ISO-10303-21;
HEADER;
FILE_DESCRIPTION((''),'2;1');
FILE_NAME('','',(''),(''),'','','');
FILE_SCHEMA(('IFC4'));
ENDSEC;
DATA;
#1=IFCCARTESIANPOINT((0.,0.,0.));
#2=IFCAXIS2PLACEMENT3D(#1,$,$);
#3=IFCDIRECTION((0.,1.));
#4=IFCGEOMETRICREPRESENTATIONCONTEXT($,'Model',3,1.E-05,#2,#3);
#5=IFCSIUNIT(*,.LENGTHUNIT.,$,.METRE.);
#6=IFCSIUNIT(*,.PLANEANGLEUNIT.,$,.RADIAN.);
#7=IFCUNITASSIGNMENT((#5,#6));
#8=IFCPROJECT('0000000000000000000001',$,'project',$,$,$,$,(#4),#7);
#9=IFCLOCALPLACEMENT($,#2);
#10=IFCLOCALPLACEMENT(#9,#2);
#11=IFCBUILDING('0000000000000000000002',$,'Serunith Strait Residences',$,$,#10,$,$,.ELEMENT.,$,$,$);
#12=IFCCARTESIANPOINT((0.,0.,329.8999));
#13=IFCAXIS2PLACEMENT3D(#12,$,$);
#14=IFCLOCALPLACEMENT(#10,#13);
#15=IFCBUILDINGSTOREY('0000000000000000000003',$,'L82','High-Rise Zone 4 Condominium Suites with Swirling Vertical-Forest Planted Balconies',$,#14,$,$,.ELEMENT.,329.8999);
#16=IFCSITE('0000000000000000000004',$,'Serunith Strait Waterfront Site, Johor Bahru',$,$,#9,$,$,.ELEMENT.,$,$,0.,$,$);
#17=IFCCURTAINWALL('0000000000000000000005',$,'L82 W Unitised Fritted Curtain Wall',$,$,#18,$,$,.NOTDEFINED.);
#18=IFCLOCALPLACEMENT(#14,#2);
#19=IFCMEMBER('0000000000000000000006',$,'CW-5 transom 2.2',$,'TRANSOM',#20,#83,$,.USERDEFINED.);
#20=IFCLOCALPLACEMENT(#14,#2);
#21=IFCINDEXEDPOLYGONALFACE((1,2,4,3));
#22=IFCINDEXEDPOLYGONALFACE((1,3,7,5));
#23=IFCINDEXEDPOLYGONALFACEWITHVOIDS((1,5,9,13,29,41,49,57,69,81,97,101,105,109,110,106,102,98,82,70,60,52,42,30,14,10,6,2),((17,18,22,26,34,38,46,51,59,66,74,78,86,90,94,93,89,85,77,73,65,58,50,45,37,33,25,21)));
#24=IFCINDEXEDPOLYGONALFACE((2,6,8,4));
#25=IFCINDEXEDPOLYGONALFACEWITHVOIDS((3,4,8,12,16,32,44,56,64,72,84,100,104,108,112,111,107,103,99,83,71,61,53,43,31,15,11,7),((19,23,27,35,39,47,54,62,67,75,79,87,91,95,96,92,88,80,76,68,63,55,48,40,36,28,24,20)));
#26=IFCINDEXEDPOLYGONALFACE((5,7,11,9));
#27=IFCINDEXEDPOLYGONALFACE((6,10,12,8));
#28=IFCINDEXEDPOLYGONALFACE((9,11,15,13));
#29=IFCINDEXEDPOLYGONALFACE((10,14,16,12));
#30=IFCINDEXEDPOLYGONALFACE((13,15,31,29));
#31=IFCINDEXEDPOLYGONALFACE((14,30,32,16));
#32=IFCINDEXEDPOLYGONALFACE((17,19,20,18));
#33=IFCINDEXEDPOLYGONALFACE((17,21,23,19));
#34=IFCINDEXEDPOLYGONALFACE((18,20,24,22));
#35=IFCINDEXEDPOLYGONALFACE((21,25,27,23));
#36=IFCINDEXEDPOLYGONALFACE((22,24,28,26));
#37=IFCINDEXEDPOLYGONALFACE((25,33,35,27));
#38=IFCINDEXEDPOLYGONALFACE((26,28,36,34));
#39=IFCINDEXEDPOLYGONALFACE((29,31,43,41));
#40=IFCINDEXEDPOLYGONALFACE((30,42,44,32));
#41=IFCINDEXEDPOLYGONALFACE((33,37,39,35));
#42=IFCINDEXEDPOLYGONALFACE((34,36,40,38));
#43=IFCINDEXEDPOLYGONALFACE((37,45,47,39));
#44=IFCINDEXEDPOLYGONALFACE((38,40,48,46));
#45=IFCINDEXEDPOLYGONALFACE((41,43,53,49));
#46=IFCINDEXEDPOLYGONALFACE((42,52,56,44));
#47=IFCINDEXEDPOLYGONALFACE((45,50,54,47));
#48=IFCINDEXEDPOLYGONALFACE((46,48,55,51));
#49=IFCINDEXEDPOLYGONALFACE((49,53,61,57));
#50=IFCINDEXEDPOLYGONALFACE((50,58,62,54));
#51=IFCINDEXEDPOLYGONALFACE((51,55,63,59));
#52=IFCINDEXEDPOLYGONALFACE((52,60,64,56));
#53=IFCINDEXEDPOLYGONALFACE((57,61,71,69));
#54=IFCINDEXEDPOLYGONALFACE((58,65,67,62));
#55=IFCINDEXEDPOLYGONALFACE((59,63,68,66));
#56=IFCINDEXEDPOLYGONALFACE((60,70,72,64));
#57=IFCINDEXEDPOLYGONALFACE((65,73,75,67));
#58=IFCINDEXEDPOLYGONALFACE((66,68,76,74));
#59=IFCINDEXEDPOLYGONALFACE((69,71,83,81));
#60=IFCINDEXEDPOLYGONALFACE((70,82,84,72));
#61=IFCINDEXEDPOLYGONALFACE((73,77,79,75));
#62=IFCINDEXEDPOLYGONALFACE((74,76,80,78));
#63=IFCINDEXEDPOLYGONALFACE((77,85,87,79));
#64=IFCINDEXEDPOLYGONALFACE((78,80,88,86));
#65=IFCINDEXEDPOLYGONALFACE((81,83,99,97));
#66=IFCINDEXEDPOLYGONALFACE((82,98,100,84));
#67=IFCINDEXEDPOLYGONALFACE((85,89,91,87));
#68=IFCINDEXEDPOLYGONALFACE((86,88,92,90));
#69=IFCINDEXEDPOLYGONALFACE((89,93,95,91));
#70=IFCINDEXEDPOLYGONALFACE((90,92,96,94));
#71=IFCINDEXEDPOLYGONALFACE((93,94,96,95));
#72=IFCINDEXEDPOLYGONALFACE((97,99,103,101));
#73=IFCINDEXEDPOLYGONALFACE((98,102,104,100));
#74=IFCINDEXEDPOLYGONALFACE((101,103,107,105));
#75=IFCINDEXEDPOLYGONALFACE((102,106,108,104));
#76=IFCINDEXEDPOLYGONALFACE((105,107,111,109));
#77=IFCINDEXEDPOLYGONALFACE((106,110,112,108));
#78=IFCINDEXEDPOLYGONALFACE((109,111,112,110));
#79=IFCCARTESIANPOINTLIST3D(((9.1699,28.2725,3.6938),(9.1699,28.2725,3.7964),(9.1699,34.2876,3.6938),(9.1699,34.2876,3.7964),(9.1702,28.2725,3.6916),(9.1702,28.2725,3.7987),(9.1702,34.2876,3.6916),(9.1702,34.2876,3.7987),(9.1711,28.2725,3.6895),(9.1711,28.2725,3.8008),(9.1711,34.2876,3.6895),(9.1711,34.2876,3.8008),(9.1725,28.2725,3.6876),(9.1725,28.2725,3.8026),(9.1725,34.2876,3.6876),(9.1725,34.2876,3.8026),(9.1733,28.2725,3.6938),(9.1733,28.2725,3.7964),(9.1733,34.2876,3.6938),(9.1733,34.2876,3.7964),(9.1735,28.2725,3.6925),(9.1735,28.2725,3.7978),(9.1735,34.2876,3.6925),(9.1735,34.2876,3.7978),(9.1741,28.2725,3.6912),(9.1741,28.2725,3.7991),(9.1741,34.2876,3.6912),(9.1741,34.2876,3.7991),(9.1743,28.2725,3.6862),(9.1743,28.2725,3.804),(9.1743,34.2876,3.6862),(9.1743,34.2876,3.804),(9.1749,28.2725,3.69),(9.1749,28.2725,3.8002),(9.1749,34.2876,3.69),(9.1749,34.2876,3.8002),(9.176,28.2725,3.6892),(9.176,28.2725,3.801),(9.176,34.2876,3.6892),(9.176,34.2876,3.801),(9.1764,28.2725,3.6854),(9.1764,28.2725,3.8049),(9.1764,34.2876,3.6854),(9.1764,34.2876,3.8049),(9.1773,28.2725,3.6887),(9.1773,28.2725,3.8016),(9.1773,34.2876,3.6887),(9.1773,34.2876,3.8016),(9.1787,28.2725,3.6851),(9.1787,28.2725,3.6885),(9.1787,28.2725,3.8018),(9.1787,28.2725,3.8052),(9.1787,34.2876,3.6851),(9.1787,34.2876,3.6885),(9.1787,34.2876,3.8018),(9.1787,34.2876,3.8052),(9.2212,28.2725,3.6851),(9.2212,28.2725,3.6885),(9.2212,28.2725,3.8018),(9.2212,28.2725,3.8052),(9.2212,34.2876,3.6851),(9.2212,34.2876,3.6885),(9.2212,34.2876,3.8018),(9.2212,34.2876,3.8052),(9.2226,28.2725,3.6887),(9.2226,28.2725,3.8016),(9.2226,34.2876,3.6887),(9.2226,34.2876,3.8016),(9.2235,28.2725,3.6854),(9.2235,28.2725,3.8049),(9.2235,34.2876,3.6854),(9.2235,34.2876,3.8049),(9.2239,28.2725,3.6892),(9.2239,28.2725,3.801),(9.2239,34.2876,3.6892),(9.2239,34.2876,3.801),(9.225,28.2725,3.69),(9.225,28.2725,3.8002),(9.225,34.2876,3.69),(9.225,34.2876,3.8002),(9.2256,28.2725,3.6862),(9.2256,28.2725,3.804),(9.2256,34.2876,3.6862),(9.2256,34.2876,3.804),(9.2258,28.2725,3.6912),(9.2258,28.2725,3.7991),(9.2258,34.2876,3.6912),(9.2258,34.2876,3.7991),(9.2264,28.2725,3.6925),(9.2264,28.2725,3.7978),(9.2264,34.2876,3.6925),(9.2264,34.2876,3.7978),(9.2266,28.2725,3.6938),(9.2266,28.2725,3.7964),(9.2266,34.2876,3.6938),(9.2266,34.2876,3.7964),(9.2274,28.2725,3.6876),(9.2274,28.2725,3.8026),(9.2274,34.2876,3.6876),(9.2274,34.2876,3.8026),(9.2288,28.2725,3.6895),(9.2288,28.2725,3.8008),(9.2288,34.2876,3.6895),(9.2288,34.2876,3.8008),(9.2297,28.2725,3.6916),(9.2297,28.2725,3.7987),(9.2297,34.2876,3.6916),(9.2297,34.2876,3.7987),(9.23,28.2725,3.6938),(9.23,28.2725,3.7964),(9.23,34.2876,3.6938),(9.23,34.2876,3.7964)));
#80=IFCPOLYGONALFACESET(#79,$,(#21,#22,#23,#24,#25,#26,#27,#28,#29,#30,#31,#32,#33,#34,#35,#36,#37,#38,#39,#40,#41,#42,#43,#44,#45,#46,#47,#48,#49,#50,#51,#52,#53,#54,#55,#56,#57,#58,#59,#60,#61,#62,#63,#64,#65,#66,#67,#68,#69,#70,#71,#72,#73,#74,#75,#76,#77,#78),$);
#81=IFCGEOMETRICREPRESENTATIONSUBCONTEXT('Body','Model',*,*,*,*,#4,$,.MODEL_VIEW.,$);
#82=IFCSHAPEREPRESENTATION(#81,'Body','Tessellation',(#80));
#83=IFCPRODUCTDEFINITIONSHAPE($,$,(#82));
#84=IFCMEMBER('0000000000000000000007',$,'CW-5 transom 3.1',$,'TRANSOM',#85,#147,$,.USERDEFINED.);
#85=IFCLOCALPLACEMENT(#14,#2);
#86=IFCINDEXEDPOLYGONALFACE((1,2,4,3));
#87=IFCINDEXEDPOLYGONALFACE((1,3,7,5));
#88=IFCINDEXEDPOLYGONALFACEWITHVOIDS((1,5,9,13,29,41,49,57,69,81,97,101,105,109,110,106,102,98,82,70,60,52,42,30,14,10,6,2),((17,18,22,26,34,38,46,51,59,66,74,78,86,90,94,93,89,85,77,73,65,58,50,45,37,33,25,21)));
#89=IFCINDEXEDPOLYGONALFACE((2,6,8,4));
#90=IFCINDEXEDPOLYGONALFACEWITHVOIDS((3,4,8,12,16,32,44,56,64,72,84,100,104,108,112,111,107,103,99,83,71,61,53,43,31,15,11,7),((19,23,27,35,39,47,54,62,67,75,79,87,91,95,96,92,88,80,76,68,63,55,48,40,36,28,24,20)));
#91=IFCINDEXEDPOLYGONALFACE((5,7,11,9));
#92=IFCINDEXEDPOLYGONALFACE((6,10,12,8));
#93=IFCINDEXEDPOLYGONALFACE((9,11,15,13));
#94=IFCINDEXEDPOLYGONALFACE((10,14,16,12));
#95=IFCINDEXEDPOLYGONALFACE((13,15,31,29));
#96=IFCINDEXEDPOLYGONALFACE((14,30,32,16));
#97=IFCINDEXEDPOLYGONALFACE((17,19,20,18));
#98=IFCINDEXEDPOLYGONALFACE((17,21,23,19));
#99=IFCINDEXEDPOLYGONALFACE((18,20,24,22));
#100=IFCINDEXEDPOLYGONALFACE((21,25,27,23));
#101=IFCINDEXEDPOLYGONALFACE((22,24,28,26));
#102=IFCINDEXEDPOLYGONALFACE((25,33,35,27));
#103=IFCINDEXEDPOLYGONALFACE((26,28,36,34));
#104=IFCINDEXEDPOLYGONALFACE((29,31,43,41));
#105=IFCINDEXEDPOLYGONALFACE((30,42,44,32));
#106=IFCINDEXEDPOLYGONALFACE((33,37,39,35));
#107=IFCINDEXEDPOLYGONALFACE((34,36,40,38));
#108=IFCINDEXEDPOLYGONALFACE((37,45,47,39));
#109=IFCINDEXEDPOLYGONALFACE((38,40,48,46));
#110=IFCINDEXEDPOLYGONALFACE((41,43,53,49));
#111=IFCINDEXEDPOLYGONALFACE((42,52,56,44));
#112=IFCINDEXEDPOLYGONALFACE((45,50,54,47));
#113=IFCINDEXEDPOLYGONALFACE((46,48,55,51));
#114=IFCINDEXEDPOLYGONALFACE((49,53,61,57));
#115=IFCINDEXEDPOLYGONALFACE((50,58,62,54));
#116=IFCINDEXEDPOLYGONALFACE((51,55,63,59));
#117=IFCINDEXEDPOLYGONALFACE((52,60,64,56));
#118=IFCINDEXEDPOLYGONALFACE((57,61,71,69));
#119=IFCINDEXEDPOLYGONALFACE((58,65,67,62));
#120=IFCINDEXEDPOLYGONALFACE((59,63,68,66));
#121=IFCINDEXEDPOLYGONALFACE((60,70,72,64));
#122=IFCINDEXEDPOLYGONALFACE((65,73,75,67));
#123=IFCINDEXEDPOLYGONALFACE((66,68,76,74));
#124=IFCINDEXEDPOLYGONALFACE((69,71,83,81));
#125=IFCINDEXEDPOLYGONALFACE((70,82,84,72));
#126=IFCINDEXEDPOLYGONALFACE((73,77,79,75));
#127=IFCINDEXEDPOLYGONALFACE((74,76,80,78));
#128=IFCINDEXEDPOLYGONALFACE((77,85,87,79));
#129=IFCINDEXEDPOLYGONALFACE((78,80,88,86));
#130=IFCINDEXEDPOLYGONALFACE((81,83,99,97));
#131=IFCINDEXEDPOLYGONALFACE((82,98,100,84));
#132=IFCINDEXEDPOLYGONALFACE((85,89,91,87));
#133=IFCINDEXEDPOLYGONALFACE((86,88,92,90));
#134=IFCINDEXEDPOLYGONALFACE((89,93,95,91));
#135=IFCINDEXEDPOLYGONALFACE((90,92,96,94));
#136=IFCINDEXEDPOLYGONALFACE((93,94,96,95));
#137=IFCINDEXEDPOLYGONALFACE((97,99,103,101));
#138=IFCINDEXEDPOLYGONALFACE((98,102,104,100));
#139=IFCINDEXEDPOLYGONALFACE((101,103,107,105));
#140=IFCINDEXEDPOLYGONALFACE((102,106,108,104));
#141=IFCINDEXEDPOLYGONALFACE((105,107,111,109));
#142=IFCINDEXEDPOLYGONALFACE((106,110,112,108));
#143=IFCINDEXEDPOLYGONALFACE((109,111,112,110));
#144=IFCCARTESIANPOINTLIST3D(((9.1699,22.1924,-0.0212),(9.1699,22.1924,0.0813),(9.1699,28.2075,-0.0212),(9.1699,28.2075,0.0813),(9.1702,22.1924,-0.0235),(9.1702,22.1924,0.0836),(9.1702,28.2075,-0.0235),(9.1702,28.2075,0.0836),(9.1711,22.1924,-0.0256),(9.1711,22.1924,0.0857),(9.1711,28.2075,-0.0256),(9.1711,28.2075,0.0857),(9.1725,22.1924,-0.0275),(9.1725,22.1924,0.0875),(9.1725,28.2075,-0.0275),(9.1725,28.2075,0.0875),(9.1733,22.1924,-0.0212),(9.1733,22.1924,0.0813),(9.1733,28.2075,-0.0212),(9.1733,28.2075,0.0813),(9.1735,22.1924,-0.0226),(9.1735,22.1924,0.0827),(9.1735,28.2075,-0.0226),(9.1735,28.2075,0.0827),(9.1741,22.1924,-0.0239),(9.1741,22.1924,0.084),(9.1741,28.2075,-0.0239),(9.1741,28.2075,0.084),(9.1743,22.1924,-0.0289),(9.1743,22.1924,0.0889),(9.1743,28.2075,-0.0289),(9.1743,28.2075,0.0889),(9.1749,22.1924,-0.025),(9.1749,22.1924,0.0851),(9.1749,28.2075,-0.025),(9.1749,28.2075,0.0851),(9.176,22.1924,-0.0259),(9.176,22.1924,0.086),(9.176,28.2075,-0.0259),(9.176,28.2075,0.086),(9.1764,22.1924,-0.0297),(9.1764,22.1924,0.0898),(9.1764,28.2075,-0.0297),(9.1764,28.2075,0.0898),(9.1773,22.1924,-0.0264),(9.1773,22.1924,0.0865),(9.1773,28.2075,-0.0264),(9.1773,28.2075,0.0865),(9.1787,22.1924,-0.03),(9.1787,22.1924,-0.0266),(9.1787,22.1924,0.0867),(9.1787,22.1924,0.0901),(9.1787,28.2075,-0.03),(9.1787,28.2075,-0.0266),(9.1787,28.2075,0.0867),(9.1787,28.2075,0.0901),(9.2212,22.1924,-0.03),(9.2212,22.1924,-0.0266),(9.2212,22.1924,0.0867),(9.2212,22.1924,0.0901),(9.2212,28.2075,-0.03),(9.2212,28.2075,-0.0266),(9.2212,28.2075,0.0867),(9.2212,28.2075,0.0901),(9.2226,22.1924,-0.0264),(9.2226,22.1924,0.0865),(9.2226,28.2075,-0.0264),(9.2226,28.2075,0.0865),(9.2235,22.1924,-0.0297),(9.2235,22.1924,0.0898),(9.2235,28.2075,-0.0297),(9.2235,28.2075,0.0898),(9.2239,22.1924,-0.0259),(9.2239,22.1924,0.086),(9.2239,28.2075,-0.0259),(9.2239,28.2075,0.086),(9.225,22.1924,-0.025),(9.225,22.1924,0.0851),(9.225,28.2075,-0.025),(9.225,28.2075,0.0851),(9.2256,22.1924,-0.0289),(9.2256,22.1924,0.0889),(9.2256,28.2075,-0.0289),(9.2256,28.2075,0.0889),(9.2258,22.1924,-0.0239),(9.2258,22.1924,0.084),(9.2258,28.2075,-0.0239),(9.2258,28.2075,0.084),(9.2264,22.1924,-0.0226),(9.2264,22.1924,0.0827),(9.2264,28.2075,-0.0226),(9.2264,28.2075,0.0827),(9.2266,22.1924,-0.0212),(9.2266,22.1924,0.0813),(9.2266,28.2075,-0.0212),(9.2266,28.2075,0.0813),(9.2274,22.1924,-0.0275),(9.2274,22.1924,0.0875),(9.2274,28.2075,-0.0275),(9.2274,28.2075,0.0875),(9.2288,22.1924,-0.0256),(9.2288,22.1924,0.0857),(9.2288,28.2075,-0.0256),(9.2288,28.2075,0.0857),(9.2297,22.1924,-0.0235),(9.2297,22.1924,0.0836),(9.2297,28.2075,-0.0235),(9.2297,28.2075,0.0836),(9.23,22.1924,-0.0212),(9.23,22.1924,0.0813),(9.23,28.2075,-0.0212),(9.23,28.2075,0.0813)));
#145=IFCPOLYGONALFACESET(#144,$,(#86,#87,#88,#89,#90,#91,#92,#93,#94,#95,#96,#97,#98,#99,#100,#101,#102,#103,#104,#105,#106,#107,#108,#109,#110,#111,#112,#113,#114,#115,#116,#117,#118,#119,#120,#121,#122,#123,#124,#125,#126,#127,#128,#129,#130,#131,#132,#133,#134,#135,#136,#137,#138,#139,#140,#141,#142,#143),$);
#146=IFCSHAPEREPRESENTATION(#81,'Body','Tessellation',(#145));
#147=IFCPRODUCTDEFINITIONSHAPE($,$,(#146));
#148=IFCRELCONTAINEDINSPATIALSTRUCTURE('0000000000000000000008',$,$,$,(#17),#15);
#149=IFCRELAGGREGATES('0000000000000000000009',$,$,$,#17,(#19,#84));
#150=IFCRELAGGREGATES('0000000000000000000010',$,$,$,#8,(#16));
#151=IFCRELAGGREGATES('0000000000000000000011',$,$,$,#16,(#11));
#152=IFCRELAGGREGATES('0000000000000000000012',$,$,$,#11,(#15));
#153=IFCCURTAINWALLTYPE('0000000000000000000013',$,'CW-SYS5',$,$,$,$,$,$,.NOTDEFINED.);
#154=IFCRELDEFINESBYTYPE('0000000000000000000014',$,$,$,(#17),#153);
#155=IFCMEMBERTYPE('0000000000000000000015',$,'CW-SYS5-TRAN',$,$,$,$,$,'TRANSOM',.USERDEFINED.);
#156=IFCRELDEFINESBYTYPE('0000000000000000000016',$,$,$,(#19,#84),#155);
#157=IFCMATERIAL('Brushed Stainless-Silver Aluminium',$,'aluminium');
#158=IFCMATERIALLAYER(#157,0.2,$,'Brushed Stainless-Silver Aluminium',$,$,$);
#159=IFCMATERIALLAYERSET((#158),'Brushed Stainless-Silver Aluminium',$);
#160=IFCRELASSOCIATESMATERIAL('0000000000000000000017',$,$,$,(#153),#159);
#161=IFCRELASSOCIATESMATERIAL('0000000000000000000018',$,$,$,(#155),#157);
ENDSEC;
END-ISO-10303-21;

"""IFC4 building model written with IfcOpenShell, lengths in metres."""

from ifc_helpers import new_model, si_unit, direction, frame, origin, origin_2d, place, context, subcontext, project, spatial, hollow_rectangle, extrude, source, transform, mapped, material, layer, layer_set, material_profile, profile_set, type_object, element, aggregate, save


model = new_model("IFC4")

# Units and contexts
model_context = context("Model", 3, precision=1e-05, world=origin(), true_north=direction((0.0, 1.0)))
body_context = subcontext(model_context, "Body", "Model", "MODEL_VIEW")
ifc_project = project(units=[si_unit("LENGTHUNIT", "METRE"), si_unit("PLANEANGLEUNIT", "RADIAN")], contexts=[model_context])

# Site, building, storey
site_placement = place(None, origin())
site = spatial("IfcSite", under=ifc_project, at=site_placement, Name="Serunith Strait Waterfront Site, Johor Bahru", CompositionType="ELEMENT", RefElevation=0.0)
building_placement = place(site_placement, origin())
building = spatial("IfcBuilding", under=site, at=building_placement, Name="Serunith Strait Residences", CompositionType="ELEMENT")
storey_placement = place(building_placement, frame((0.0, 0.0, 329.8999)))
storey = spatial("IfcBuildingStorey", under=building, at=storey_placement, Name="L82", Description="High-Rise Zone 4 Condominium Suites with Swirling Vertical-Forest Planted Balconies", CompositionType="ELEMENT", Elevation=329.8999)

# Curtain wall, members
ifc_material_1 = material(Name="Brushed Stainless-Silver Aluminium", Category="aluminium")
ifc_layer_1 = layer(ifc_material_1, 0.2, Name="Brushed Stainless-Silver Aluminium")
ifc_layer_set_1 = layer_set([ifc_layer_1], Name="Brushed Stainless-Silver Aluminium")
curtain_wall_type = type_object("IfcCurtainWallType", Name="CW-SYS5", PredefinedType="NOTDEFINED", material=ifc_layer_set_1)
curtain_wall_placement = place(storey_placement, origin())
curtain_wall = element("IfcCurtainWall", 1, at=curtain_wall_placement, inside=storey, type_object=curtain_wall_type, Name="L82 W Unitised Fritted Curtain Wall", PredefinedType="NOTDEFINED")
ifc_material_profile_1 = material_profile(ifc_material_1, hollow_rectangle(XDim=0.0601, YDim=0.1201, WallThickness=0.0034, InnerFilletRadius=0.0054, OuterFilletRadius=0.0088, at=origin_2d()), Name="ALU 120x60x3.5")
ifc_profile_set_1 = profile_set([ifc_material_profile_1], Name="Brushed Stainless-Silver Aluminium")
member_type_1 = type_object("IfcMemberType", Name="CW-SYS5-TRAN", ElementType="TRANSOM", PredefinedType="USERDEFINED", material=ifc_profile_set_1)
shared_shape_1 = source(origin(), body_context, "Body", "SweptSolid", [
    extrude(hollow_rectangle(XDim=0.0601, YDim=0.1201, WallThickness=0.0034, InnerFilletRadius=0.0054, OuterFilletRadius=0.0088, at=origin_2d()), origin(), (0.0, 0.0, 1.0), 6.0151),
])
member_1_placement = place(storey_placement, frame((9.2, 34.2876, 3.7451), z_axis=(0.0, -1.0, 0.0), x_axis=(1.0, 0.0, 0.0)))
member_1 = element("IfcMember", 2, at=member_1_placement, type_object=member_type_1, Name="CW-5 transom 2.2", ObjectType="TRANSOM", PredefinedType="USERDEFINED", context=body_context, shape_type="MappedRepresentation", body=[
    mapped(shared_shape_1, transform((0.0, 0.0, 0.0), scale=1.0)),
])
member_2_placement = place(storey_placement, frame((9.2, 28.2075, 0.03), z_axis=(0.0, -1.0, 0.0), x_axis=(1.0, 0.0, 0.0)))
member_2 = element("IfcMember", 3, at=member_2_placement, type_object=member_type_1, Name="CW-5 transom 3.1", ObjectType="TRANSOM", PredefinedType="USERDEFINED", context=body_context, shape_type="MappedRepresentation", body=[
    mapped(shared_shape_1, transform((0.0, 0.0, 0.0), scale=1.0)),
])
aggregate(curtain_wall, [member_1, member_2])

save(model, "model.ifc")
